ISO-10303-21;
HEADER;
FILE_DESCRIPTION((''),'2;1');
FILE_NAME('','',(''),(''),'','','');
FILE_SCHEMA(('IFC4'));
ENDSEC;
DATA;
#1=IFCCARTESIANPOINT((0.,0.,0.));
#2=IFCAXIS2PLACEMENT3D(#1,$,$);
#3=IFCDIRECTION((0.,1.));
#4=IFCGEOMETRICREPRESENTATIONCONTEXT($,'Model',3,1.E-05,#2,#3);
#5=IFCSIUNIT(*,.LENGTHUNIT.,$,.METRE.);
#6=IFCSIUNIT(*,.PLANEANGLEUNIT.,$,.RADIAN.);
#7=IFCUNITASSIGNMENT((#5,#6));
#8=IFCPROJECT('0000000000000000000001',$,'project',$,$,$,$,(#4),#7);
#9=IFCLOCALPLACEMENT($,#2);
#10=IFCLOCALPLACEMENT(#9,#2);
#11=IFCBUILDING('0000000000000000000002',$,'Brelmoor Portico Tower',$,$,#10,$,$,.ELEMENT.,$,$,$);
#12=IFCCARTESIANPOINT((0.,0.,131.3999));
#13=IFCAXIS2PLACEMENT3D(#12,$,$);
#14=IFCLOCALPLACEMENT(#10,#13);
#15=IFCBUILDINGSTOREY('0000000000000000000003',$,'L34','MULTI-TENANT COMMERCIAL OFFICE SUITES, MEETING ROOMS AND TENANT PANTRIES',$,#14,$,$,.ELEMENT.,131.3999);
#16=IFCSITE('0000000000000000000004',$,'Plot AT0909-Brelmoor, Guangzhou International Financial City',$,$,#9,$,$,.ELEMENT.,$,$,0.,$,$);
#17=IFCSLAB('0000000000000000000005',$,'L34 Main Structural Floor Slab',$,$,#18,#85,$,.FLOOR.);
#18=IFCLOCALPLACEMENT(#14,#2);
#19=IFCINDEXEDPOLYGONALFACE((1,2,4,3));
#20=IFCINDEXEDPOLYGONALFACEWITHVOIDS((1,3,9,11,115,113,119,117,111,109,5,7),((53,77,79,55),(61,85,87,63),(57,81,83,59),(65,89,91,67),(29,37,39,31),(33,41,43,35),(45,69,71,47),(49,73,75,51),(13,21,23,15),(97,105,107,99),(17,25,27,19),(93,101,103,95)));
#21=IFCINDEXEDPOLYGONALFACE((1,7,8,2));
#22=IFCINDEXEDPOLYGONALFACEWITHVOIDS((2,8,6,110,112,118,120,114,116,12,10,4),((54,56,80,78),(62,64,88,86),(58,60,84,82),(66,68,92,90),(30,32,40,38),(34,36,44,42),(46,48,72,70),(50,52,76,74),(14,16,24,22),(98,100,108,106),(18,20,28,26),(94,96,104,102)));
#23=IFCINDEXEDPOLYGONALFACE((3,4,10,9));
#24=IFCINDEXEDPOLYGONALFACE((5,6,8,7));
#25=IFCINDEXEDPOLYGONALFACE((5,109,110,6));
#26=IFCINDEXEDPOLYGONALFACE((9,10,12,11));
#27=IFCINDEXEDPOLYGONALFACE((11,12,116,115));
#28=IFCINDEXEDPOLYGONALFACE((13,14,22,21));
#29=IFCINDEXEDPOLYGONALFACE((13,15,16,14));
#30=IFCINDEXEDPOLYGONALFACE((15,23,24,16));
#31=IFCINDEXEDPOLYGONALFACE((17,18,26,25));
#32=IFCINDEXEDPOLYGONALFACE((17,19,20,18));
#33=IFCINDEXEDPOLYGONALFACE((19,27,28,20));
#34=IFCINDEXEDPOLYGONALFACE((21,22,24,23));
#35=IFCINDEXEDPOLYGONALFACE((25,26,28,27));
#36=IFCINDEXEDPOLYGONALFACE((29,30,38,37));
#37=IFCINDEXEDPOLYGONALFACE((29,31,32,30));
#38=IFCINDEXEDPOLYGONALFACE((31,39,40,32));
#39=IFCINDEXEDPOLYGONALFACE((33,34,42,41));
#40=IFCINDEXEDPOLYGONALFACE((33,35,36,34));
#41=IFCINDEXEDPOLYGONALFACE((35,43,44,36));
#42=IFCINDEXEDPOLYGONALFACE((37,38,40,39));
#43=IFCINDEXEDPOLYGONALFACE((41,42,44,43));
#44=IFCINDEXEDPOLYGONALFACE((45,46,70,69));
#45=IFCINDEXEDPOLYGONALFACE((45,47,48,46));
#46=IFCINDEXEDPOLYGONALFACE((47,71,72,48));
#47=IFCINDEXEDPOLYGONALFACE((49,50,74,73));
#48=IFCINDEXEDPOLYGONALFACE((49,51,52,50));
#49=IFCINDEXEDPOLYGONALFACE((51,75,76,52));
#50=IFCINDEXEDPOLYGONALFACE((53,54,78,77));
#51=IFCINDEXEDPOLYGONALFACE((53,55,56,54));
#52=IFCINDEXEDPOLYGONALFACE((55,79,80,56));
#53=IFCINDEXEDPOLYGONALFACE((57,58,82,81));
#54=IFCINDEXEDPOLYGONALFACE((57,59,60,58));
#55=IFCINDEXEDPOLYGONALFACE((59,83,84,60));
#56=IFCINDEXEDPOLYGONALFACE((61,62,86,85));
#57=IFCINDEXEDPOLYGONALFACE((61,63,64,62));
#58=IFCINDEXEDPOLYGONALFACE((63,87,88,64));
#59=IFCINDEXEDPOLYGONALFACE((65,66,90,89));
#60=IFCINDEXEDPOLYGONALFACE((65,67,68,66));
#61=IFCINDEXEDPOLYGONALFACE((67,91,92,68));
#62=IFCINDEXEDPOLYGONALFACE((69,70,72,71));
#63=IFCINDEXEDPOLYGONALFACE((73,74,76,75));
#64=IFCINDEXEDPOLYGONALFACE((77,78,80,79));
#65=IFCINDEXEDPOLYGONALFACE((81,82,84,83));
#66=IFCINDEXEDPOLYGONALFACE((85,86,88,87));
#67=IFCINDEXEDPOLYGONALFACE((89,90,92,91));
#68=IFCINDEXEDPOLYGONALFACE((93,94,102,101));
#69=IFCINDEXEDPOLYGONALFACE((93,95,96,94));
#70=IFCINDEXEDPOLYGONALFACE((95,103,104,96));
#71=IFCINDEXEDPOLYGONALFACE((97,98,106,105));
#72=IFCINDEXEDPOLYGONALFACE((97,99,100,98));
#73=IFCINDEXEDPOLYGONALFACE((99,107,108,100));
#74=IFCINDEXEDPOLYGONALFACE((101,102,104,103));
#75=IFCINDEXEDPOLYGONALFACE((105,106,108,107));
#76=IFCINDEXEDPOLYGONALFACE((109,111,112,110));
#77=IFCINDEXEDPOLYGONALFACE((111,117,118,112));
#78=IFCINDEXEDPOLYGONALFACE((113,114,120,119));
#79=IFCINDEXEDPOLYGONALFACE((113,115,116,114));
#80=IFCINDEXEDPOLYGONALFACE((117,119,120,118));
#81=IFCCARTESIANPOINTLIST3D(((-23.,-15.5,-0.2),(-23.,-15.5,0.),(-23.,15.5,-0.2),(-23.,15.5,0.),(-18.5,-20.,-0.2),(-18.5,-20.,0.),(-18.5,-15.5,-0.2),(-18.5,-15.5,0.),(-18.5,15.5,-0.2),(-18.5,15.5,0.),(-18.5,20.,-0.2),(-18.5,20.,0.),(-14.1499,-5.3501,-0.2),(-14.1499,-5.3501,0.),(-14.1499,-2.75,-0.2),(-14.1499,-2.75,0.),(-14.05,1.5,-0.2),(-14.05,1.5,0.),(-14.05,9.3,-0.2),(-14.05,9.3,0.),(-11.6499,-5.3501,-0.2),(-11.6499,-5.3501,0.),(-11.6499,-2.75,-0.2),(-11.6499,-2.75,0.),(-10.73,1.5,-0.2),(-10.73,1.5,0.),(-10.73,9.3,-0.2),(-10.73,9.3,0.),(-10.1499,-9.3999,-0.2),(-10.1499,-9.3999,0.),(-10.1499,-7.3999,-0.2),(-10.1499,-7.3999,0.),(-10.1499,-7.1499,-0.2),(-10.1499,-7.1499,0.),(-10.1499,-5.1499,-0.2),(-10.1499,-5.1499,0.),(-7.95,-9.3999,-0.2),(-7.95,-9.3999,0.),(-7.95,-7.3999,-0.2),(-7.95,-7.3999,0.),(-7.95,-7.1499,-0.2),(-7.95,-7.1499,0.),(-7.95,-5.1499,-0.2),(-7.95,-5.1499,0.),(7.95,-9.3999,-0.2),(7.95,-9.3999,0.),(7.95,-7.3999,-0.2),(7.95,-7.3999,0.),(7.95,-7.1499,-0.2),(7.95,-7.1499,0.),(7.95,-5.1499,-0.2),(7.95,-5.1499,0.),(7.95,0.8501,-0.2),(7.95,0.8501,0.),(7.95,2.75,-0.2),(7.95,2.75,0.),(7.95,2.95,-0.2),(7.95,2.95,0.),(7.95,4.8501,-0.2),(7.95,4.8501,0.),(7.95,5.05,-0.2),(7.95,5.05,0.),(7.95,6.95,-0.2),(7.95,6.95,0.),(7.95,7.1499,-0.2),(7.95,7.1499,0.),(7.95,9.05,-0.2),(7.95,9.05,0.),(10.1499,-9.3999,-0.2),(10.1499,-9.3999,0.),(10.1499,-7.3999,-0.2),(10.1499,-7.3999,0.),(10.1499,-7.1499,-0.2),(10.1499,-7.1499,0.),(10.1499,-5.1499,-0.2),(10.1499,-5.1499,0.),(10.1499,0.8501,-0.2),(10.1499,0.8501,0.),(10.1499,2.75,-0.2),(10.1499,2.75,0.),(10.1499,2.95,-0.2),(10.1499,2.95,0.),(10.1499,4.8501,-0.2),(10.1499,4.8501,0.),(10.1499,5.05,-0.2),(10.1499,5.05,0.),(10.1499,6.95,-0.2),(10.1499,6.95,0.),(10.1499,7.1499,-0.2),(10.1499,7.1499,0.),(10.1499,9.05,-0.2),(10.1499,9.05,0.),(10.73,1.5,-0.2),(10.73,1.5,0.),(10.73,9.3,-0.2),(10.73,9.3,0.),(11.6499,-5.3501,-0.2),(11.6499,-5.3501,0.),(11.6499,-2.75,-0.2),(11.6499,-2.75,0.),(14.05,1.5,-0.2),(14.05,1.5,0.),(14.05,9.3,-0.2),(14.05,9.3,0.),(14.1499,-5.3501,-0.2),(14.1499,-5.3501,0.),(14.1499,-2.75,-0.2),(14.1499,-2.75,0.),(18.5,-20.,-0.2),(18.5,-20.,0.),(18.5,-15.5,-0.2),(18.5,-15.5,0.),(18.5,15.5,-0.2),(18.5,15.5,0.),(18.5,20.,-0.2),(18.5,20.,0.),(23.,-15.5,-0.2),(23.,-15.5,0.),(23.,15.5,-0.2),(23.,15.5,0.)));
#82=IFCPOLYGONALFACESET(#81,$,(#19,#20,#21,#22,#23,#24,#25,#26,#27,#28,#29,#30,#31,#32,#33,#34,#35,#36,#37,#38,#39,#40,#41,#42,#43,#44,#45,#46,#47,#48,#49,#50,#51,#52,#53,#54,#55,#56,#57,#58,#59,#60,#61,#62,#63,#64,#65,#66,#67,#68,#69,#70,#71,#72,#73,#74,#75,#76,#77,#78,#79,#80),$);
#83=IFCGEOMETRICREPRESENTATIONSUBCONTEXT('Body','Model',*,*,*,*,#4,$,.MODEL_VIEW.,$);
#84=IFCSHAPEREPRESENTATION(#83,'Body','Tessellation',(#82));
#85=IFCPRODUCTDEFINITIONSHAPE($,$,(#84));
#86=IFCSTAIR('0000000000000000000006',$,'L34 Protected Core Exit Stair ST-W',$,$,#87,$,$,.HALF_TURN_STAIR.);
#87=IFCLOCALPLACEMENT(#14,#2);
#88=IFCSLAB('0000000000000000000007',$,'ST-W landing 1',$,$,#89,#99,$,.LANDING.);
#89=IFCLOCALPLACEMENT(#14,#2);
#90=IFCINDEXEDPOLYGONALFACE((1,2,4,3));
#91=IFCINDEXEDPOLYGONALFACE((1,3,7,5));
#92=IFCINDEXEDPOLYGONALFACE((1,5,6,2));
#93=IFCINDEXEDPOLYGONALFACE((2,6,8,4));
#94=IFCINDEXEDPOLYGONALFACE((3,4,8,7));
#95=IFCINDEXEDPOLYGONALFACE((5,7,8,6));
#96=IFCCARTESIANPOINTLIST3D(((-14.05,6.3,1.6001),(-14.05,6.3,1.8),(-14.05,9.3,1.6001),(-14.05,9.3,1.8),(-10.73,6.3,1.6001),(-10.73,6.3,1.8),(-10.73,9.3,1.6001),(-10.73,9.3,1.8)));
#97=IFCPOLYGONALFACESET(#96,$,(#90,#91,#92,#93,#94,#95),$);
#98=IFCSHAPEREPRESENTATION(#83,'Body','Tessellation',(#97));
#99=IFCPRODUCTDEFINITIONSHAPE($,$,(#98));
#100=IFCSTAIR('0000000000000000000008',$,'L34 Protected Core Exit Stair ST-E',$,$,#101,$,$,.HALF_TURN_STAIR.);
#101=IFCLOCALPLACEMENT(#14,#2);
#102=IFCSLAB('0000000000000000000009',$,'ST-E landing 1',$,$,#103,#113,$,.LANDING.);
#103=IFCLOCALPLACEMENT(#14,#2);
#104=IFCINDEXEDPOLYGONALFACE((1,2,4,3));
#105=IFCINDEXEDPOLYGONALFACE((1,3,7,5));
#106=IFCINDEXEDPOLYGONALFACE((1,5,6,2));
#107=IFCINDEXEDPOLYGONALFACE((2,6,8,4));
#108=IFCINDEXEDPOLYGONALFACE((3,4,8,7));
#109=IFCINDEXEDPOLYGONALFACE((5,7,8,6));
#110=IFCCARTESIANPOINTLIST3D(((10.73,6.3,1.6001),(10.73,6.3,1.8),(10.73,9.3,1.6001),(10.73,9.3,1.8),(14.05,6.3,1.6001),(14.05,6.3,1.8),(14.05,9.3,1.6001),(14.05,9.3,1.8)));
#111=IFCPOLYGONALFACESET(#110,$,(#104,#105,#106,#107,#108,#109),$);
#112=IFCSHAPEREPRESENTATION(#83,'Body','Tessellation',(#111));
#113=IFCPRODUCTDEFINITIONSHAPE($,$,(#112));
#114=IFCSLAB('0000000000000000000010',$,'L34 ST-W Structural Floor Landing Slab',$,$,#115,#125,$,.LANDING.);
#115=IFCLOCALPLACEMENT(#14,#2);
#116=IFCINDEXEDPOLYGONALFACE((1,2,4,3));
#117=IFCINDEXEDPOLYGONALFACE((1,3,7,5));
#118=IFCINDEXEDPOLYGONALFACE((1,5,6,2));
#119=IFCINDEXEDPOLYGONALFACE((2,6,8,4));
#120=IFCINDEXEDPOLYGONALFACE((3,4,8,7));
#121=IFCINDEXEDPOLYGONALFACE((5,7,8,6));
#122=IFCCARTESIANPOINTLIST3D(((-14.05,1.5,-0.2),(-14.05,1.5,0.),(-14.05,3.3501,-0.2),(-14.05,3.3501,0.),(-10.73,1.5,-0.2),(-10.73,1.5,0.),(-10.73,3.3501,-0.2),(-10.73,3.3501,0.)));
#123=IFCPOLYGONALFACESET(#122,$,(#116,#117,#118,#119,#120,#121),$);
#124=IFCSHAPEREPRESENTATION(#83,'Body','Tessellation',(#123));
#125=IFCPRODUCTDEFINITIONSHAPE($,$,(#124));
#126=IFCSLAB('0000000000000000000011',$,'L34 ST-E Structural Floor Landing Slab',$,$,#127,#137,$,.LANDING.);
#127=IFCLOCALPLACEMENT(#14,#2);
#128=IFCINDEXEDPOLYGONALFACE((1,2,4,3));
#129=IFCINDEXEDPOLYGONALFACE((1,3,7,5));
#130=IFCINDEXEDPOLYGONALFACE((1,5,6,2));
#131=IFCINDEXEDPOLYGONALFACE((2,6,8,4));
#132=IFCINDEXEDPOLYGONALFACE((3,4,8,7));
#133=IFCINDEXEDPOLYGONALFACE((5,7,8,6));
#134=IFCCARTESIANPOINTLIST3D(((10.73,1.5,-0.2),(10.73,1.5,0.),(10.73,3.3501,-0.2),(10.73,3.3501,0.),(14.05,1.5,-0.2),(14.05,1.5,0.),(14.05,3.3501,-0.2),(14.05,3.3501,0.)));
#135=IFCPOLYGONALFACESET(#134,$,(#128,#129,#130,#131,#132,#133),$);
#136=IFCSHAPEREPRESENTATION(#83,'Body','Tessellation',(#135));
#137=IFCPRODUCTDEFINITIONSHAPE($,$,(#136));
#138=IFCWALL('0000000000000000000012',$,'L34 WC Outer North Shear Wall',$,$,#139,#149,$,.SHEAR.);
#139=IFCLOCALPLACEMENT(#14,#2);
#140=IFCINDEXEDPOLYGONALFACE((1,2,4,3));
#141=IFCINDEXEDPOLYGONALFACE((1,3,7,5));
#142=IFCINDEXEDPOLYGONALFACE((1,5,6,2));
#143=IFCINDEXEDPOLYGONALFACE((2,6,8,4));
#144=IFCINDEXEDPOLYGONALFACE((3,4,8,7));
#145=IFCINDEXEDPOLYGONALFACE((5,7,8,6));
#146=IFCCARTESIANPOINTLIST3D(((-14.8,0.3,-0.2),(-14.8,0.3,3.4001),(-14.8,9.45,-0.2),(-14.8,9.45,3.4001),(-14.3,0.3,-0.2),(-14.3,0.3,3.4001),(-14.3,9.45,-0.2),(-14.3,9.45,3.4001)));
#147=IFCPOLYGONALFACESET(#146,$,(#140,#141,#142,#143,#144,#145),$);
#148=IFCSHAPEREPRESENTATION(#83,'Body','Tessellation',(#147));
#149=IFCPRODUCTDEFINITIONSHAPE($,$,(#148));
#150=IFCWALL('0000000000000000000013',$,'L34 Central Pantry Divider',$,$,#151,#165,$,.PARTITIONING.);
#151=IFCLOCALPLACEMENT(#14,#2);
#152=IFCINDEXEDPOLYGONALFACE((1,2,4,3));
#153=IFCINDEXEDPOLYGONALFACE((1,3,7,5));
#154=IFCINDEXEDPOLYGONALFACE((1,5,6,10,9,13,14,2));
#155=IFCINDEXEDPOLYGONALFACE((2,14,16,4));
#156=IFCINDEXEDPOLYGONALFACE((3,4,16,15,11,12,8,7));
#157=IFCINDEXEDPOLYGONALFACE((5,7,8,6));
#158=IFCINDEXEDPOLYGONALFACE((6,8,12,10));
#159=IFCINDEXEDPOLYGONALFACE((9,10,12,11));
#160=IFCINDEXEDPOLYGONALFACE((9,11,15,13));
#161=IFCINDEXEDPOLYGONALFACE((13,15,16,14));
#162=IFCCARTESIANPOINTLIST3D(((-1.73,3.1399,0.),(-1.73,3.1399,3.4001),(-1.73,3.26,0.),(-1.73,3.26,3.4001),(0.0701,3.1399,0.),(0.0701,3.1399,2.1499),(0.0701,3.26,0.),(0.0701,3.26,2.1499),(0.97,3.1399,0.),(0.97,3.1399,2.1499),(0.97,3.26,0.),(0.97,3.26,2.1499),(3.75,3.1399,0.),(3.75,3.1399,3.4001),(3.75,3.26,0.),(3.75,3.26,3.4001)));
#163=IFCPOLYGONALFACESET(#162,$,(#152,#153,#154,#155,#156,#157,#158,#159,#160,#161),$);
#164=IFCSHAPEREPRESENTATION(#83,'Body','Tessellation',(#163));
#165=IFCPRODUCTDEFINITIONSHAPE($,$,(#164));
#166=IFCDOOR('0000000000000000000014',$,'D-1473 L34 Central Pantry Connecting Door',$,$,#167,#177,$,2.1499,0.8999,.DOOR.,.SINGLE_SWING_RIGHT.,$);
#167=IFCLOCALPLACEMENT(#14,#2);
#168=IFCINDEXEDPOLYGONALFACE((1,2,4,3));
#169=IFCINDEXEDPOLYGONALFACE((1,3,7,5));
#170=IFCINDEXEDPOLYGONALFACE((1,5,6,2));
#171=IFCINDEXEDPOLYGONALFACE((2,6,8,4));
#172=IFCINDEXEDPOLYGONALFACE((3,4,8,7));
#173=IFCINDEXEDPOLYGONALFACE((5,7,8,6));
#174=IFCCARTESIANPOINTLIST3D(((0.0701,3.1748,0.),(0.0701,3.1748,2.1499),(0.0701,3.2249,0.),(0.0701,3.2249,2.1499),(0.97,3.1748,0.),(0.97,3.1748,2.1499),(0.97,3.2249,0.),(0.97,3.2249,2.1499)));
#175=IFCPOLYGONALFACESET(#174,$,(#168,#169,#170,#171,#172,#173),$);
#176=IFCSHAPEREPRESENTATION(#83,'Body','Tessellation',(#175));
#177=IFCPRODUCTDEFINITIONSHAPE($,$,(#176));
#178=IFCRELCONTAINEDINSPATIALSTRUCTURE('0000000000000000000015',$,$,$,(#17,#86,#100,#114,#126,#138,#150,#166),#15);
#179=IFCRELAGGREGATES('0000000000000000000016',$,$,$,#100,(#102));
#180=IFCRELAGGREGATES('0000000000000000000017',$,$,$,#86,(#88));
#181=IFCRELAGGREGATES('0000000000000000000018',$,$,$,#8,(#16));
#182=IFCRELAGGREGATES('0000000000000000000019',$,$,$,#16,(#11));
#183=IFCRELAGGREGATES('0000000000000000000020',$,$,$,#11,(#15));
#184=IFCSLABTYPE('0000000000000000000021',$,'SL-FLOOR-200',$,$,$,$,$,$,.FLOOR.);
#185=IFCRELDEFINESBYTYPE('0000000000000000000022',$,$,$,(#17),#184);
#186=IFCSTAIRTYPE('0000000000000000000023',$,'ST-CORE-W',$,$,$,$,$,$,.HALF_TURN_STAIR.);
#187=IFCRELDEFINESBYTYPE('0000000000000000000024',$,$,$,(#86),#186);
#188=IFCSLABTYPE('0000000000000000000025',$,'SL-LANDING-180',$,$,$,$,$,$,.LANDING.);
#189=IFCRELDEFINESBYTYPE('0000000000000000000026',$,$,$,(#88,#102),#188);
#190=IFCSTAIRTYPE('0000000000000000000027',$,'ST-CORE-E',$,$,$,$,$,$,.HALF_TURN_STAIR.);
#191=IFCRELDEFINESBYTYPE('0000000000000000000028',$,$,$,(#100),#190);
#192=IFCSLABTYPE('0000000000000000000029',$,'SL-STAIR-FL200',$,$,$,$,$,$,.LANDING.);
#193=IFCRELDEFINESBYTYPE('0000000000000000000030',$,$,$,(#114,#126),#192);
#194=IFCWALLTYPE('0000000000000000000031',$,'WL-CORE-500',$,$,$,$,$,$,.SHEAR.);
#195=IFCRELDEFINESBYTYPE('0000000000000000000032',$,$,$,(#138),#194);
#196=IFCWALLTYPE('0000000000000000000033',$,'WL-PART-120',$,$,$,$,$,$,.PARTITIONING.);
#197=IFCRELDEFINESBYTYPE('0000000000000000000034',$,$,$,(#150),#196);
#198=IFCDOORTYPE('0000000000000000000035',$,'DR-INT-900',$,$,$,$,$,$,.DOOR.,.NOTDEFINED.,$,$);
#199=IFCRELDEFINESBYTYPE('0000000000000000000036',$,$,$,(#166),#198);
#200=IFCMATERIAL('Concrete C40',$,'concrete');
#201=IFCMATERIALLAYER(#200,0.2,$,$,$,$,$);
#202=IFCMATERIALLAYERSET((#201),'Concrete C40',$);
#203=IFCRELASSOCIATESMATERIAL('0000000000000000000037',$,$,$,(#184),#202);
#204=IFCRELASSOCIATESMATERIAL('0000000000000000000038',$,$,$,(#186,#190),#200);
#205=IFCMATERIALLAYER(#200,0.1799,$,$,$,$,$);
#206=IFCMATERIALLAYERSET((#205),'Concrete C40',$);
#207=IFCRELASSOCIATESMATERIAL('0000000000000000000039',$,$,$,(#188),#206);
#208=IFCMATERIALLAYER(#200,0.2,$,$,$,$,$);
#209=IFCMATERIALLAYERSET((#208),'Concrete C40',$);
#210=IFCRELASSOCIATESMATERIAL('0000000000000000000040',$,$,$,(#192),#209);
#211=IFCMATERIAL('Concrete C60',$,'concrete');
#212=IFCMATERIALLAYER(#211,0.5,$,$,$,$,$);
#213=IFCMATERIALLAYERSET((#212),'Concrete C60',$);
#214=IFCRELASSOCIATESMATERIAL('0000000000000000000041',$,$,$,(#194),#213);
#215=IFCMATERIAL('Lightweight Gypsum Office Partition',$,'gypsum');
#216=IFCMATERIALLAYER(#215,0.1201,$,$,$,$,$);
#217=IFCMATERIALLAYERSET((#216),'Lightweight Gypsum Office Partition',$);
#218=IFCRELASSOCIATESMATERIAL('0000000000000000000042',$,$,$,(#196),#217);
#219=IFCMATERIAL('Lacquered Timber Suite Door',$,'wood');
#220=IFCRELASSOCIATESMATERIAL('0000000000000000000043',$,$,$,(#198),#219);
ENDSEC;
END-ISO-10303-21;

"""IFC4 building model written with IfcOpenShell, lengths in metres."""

from ifc_helpers import new_model, si_unit, direction, frame, frame_2d, origin, place, context, subcontext, project, spatial, polyline, rectangle, outline, extrude, material, layer, layer_set, type_object, element, fill, aggregate, save


model = new_model("IFC4")

# Units and contexts
model_context = context("Model", 3, precision=1e-05, world=origin(), true_north=direction((0.0, 1.0)))
body_context = subcontext(model_context, "Body", "Model", "MODEL_VIEW")
ifc_project = project(units=[si_unit("LENGTHUNIT", "METRE"), si_unit("PLANEANGLEUNIT", "RADIAN")], contexts=[model_context])

# Site, building, storey
site_placement = place(None, origin())
site = spatial("IfcSite", under=ifc_project, at=site_placement, Name="Plot AT0909-Brelmoor, Guangzhou International Financial City", CompositionType="ELEMENT", RefElevation=0.0)
building_placement = place(site_placement, origin())
building = spatial("IfcBuilding", under=site, at=building_placement, Name="Brelmoor Portico Tower", CompositionType="ELEMENT")
storey_placement = place(building_placement, frame((0.0, 0.0, 131.3999)))
storey = spatial("IfcBuildingStorey", under=building, at=storey_placement, Name="L34", Description="MULTI-TENANT COMMERCIAL OFFICE SUITES, MEETING ROOMS AND TENANT PANTRIES", CompositionType="ELEMENT", Elevation=131.3999)

# Slab
ifc_material_1 = material(Name="Concrete C40", Category="concrete")
ifc_layer_1 = layer(ifc_material_1, 0.2)
ifc_layer_set_1 = layer_set([ifc_layer_1], Name="Concrete C40")
slab_type_1 = type_object("IfcSlabType", Name="SL-FLOOR-200", PredefinedType="FLOOR", material=ifc_layer_set_1)
slab_1_placement = place(storey_placement, frame((0.0, 0.0, -0.2)))
element("IfcSlab", 1, at=slab_1_placement, inside=storey, type_object=slab_type_1, Name="L34 Main Structural Floor Slab", PredefinedType="FLOOR", context=body_context, shape_type="SweptSolid", body=[
    extrude(outline(polyline([(-18.5, -20.0), (18.5, -20.0), (18.5, -15.5), (23.0, -15.5), (23.0, 15.5), (18.5, 15.5), (18.5, 20.0), (-18.5, 20.0), (-18.5, 15.5), (-23.0, 15.5), (-23.0, -15.5), (-18.5, -15.5), (-18.5, -20.0)]), holes=[polyline([(-10.73, 1.5), (-10.73, 9.3), (-14.05, 9.3), (-14.05, 1.5), (-10.73, 1.5)]), polyline([(14.05, 1.5), (14.05, 9.3), (10.73, 9.3), (10.73, 1.5), (14.05, 1.5)]), polyline([(7.95, 0.8501), (10.1499, 0.8501), (10.1499, 2.75), (7.95, 2.75), (7.95, 0.8501)]), polyline([(7.95, 2.95), (10.1499, 2.95), (10.1499, 4.8501), (7.95, 4.8501), (7.95, 2.95)]), polyline([(7.95, 5.05), (10.1499, 5.05), (10.1499, 6.95), (7.95, 6.95), (7.95, 5.05)]), polyline([(7.95, 7.1499), (10.1499, 7.1499), (10.1499, 9.05), (7.95, 9.05), (7.95, 7.1499)]), polyline([(-10.1499, -9.3999), (-7.95, -9.3999), (-7.95, -7.3999), (-10.1499, -7.3999), (-10.1499, -9.3999)]), polyline([(-10.1499, -7.1499), (-7.95, -7.1499), (-7.95, -5.1499), (-10.1499, -5.1499), (-10.1499, -7.1499)]), polyline([(7.95, -9.3999), (10.1499, -9.3999), (10.1499, -7.3999), (7.95, -7.3999), (7.95, -9.3999)]), polyline([(7.95, -7.1499), (10.1499, -7.1499), (10.1499, -5.1499), (7.95, -5.1499), (7.95, -7.1499)]), polyline([(-14.1499, -5.3501), (-11.6499, -5.3501), (-11.6499, -2.75), (-14.1499, -2.75), (-14.1499, -5.3501)]), polyline([(11.6499, -5.3501), (14.1499, -5.3501), (14.1499, -2.75), (11.6499, -2.75), (11.6499, -5.3501)])]), origin(), (0.0, 0.0, 1.0), 0.2),
])

# Stairs, slabs
stair_type_1 = type_object("IfcStairType", Name="ST-CORE-W", PredefinedType="HALF_TURN_STAIR", material=ifc_material_1)
stair_1_placement = place(storey_placement, origin())
stair_1 = element("IfcStair", 2, at=stair_1_placement, inside=storey, type_object=stair_type_1, Name="L34 Protected Core Exit Stair ST-W", PredefinedType="HALF_TURN_STAIR")
ifc_layer_2 = layer(ifc_material_1, 0.1799)
ifc_layer_set_2 = layer_set([ifc_layer_2], Name="Concrete C40")
slab_type_2 = type_object("IfcSlabType", Name="SL-LANDING-180", PredefinedType="LANDING", material=ifc_layer_set_2)
slab_2_placement = place(storey_placement, frame((0.0, 0.0, 1.6001)))
slab_2 = element("IfcSlab", 3, at=slab_2_placement, type_object=slab_type_2, Name="ST-W landing 1", PredefinedType="LANDING", context=body_context, shape_type="SweptSolid", body=[
    extrude(outline(polyline([(-10.73, 6.3), (-10.73, 9.3), (-14.05, 9.3), (-14.05, 6.3), (-10.73, 6.3)])), origin(), (0.0, 0.0, 1.0), 0.2),
])
stair_type_2 = type_object("IfcStairType", Name="ST-CORE-E", PredefinedType="HALF_TURN_STAIR", material=ifc_material_1)
stair_2_placement = place(storey_placement, origin())
stair_2 = element("IfcStair", 4, at=stair_2_placement, inside=storey, type_object=stair_type_2, Name="L34 Protected Core Exit Stair ST-E", PredefinedType="HALF_TURN_STAIR")
slab_3_placement = place(storey_placement, frame((0.0, 0.0, 1.6001)))
slab_3 = element("IfcSlab", 5, at=slab_3_placement, type_object=slab_type_2, Name="ST-E landing 1", PredefinedType="LANDING", context=body_context, shape_type="SweptSolid", body=[
    extrude(outline(polyline([(14.05, 6.3), (14.05, 9.3), (10.73, 9.3), (10.73, 6.3), (14.05, 6.3)])), origin(), (0.0, 0.0, 1.0), 0.2),
])
aggregate(stair_2, [slab_3])

# Slabs
ifc_layer_3 = layer(ifc_material_1, 0.2)
ifc_layer_set_3 = layer_set([ifc_layer_3], Name="Concrete C40")
slab_type_3 = type_object("IfcSlabType", Name="SL-STAIR-FL200", PredefinedType="LANDING", material=ifc_layer_set_3)
slab_4_placement = place(storey_placement, frame((0.0, 0.0, -0.2)))
element("IfcSlab", 6, at=slab_4_placement, inside=storey, type_object=slab_type_3, Name="L34 ST-W Structural Floor Landing Slab", PredefinedType="LANDING", context=body_context, shape_type="SweptSolid", body=[
    extrude(outline(polyline([(-10.73, 1.5), (-10.73, 3.3501), (-14.05, 3.3501), (-14.05, 1.5), (-10.73, 1.5)])), origin(), (0.0, 0.0, 1.0), 0.2),
])
slab_5_placement = place(storey_placement, frame((0.0, 0.0, -0.2)))
element("IfcSlab", 7, at=slab_5_placement, inside=storey, type_object=slab_type_3, Name="L34 ST-E Structural Floor Landing Slab", PredefinedType="LANDING", context=body_context, shape_type="SweptSolid", body=[
    extrude(outline(polyline([(14.05, 1.5), (14.05, 3.3501), (10.73, 3.3501), (10.73, 1.5), (14.05, 1.5)])), origin(), (0.0, 0.0, 1.0), 0.2),
])

# Wall
ifc_material_2 = material(Name="Concrete C60", Category="concrete")
ifc_layer_4 = layer(ifc_material_2, 0.5)
ifc_layer_set_4 = layer_set([ifc_layer_4], Name="Concrete C60")
wall_type_1 = type_object("IfcWallType", Name="WL-CORE-500", PredefinedType="SHEAR", material=ifc_layer_set_4)
wall_1_placement = place(storey_placement, frame((-14.55, 0.3, -0.2), z_axis=(0.0, 0.0, 1.0), x_axis=(0.0, 1.0, 0.0)))
element("IfcWall", 8, at=wall_1_placement, inside=storey, type_object=wall_type_1, Name="L34 WC Outer North Shear Wall", PredefinedType="SHEAR", context=body_context, shape_type="SweptSolid", body=[
    extrude(rectangle(XDim=9.1499, YDim=0.5, at=frame_2d((4.575, 0.0))), origin(), (0.0, 0.0, 1.0), 3.6001),
])

# Wall, opening, door
ifc_material_3 = material(Name="Lightweight Gypsum Office Partition", Category="gypsum")
ifc_layer_5 = layer(ifc_material_3, 0.1201)
ifc_layer_set_5 = layer_set([ifc_layer_5], Name="Lightweight Gypsum Office Partition")
wall_type_2 = type_object("IfcWallType", Name="WL-PART-120", PredefinedType="PARTITIONING", material=ifc_layer_set_5)
wall_2_placement = place(storey_placement, frame((-1.73, 3.2, 0.0), z_axis=(0.0, 0.0, 1.0), x_axis=(1.0, 0.0, 0.0)))
wall_2 = element("IfcWall", 9, at=wall_2_placement, inside=storey, type_object=wall_type_2, Name="L34 Central Pantry Divider", PredefinedType="PARTITIONING", context=body_context, shape_type="SweptSolid", body=[
    extrude(rectangle(XDim=5.48, YDim=0.1201, at=frame_2d((2.74, 0.0))), origin(), (0.0, 0.0, 1.0), 3.4001),
])
opening_1_placement = place(wall_2_placement, frame((1.8, 0.0, 0.0)))
opening_1 = element("IfcOpeningElement", 10, at=opening_1_placement, cuts=wall_2, PredefinedType="OPENING", context=body_context, shape_type="SweptSolid", body=[
    extrude(rectangle(XDim=0.8999, YDim=2.1499, at=frame_2d((0.45, 1.075))), frame((0.0, 0.0701, 0.0), z_axis=(0.0, -1.0, 0.0), x_axis=(1.0, 0.0, 0.0)), (0.0, 0.0, 1.0), 0.1401),
])
ifc_material_4 = material(Name="Lacquered Timber Suite Door", Category="wood")
door_type_1 = type_object("IfcDoorType", Name="DR-INT-900", OperationType="NOTDEFINED", PredefinedType="DOOR", material=ifc_material_4)
door_1_placement = place(opening_1_placement, origin())
door_1 = element("IfcDoor", 11, at=door_1_placement, inside=storey, type_object=door_type_1, Name="D-1473 L34 Central Pantry Connecting Door", OperationType="SINGLE_SWING_RIGHT", OverallHeight=2.1499, OverallWidth=0.8999, PredefinedType="DOOR", context=body_context, shape_type="SweptSolid", body=[
    extrude(rectangle(XDim=0.8999, YDim=2.1499, at=frame_2d((0.45, 1.075))), frame((0.0, 0.0249, 0.0), z_axis=(0.0, -1.0, 0.0), x_axis=(1.0, 0.0, 0.0)), (0.0, 0.0, 1.0), 0.05),
])
fill(opening_1, door_1)

aggregate(stair_1, [slab_2])

save(model, "model.ifc")
